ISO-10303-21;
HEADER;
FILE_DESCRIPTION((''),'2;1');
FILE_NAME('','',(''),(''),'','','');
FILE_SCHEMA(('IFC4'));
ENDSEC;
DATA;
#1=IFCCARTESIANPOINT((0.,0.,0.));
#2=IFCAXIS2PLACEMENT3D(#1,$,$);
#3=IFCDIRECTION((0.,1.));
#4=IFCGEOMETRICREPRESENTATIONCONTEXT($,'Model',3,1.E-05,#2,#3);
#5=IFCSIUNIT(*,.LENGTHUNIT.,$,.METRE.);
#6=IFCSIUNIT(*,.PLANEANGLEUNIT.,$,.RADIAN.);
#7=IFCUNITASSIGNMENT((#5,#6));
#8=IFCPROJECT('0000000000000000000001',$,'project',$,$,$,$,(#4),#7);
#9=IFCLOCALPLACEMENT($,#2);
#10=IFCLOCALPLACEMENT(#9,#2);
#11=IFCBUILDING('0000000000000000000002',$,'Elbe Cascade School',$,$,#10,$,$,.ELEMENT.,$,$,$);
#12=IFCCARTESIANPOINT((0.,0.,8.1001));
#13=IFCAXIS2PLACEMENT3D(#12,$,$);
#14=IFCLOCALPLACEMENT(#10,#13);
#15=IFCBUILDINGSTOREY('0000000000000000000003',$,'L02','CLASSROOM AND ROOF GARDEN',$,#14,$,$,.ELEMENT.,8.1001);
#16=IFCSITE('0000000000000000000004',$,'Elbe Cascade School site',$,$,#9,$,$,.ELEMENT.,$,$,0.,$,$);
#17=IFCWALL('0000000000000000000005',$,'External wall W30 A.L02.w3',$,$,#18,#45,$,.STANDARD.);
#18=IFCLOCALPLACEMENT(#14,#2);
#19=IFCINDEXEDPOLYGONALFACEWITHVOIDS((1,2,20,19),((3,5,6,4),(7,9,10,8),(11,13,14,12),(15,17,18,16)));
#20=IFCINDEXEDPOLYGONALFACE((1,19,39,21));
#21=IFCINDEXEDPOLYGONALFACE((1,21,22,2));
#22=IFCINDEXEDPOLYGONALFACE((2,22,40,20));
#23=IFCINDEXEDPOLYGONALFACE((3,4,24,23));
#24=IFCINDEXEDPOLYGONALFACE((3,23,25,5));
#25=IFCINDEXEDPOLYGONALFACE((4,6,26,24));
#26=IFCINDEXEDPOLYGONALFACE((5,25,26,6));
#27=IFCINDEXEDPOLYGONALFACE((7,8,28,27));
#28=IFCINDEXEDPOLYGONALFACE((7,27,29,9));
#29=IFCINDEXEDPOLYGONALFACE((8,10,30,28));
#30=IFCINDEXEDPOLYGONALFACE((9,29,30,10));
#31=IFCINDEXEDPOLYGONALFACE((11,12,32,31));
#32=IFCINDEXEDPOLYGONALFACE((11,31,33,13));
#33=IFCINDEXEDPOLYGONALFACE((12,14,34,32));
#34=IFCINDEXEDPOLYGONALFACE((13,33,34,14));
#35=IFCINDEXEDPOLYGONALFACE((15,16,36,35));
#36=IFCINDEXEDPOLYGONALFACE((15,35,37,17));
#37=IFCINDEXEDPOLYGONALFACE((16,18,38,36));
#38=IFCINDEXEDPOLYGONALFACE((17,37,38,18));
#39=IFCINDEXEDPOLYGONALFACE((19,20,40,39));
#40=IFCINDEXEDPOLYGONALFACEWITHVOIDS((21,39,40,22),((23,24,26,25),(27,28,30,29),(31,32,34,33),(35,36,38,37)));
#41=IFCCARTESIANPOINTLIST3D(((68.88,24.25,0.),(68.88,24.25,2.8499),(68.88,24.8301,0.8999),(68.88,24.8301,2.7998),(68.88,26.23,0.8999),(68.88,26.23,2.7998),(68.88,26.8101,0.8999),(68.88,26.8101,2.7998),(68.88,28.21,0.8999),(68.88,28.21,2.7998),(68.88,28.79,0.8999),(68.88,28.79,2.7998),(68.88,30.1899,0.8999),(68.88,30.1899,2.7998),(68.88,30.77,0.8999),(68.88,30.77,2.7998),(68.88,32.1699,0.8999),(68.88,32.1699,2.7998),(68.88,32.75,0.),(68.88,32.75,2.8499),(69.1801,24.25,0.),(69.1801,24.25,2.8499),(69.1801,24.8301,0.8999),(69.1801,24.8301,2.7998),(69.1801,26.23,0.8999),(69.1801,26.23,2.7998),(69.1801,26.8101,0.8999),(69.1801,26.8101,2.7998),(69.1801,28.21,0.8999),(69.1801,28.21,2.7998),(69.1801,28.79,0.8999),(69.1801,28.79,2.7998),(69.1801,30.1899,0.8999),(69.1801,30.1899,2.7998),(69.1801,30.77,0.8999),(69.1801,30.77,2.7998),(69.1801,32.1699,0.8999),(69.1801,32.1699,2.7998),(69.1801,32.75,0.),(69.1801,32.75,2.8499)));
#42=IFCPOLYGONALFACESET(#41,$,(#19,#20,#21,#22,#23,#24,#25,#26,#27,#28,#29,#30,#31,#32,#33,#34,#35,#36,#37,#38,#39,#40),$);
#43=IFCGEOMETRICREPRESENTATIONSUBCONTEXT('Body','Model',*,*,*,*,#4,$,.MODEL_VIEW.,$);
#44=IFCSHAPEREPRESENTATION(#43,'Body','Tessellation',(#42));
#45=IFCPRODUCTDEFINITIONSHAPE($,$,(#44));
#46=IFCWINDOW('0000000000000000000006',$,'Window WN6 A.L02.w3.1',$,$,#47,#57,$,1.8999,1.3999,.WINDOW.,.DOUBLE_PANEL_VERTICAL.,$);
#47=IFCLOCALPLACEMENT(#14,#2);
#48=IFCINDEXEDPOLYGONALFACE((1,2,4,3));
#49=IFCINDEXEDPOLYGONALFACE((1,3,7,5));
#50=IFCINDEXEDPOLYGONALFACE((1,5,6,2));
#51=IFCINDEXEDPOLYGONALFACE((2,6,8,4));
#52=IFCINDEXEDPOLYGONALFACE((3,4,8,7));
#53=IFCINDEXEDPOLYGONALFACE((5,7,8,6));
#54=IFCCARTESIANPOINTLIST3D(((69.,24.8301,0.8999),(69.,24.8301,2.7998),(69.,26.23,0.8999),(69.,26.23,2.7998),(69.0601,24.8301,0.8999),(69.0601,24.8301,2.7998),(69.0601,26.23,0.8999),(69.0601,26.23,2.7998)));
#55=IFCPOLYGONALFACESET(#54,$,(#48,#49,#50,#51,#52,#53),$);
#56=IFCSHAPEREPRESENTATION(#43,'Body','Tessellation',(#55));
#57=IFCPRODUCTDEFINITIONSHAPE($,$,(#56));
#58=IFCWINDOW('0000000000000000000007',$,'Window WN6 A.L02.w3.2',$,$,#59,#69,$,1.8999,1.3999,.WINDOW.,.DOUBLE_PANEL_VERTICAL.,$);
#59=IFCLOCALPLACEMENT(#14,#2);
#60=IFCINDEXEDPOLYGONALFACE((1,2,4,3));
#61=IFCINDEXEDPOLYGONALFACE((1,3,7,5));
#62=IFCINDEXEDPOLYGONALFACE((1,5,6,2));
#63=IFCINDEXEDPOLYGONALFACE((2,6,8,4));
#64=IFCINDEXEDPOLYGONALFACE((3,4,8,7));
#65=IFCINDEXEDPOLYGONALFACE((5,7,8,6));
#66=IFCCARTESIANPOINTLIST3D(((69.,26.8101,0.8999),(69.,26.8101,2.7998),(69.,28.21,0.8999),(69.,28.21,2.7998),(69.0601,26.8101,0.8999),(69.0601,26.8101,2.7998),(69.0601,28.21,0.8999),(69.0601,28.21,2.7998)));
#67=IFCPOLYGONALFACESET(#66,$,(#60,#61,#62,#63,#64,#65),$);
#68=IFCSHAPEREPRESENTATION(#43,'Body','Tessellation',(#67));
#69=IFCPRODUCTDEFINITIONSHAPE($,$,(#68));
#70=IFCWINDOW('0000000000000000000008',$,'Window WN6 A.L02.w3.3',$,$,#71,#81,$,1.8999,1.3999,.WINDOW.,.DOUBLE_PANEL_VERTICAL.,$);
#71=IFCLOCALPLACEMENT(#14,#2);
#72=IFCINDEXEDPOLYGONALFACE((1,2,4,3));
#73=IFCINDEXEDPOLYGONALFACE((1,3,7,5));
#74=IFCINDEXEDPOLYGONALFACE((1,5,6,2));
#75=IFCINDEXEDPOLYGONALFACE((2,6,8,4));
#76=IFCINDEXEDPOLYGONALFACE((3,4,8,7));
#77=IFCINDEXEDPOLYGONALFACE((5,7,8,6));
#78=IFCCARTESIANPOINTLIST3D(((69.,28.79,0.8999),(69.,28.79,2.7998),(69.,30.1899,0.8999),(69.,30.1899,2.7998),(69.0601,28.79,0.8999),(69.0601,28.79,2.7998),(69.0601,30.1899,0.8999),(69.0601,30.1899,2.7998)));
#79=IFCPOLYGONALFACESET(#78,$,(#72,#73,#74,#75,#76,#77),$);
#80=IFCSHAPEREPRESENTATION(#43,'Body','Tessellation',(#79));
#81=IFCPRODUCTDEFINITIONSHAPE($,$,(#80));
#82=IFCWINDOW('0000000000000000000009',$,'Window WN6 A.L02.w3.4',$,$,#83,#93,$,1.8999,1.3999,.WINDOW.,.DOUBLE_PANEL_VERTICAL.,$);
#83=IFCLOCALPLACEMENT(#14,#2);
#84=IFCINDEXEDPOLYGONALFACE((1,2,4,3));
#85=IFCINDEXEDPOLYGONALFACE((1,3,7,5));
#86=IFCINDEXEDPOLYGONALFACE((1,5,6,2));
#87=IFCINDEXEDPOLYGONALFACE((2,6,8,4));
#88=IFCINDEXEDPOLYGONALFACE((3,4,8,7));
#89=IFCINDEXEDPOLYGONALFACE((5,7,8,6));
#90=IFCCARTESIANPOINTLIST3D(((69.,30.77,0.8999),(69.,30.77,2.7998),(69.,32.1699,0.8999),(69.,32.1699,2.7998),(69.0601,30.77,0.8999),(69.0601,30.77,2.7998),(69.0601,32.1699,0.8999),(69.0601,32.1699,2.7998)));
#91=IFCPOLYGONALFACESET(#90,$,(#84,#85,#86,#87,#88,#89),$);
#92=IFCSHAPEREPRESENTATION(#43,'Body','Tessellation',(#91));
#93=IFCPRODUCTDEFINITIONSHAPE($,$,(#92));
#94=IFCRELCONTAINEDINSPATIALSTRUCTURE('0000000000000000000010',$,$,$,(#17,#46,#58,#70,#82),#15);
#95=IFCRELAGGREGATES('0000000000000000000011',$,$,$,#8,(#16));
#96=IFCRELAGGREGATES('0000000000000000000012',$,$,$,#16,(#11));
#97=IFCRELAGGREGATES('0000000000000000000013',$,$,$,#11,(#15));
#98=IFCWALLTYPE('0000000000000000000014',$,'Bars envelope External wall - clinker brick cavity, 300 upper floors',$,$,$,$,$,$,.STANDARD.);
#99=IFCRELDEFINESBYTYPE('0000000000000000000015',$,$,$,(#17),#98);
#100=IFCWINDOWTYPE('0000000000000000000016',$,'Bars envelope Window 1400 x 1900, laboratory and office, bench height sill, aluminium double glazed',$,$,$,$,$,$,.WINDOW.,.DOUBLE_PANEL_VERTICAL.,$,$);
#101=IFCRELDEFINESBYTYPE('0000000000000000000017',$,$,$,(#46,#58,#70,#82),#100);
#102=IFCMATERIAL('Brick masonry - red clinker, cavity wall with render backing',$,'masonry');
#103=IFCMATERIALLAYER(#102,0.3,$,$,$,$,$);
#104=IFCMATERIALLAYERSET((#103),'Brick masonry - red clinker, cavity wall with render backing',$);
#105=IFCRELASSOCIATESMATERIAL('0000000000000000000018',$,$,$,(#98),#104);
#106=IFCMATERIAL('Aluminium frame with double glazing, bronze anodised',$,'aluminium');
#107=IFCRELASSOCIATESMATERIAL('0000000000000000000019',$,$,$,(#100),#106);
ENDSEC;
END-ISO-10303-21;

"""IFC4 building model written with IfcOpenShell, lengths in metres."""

from ifc_helpers import new_model, si_unit, direction, frame, frame_2d, origin, place, context, subcontext, project, spatial, rectangle, extrude, material, layer, layer_set, type_object, element, fill, save


model = new_model("IFC4")

# Units and contexts
model_context = context("Model", 3, precision=1e-05, world=origin(), true_north=direction((0.0, 1.0)))
body_context = subcontext(model_context, "Body", "Model", "MODEL_VIEW")
ifc_project = project(units=[si_unit("LENGTHUNIT", "METRE"), si_unit("PLANEANGLEUNIT", "RADIAN")], contexts=[model_context])

# Site, building, storey
site_placement = place(None, origin())
site = spatial("IfcSite", under=ifc_project, at=site_placement, Name="Elbe Cascade School site", CompositionType="ELEMENT", RefElevation=0.0)
building_placement = place(site_placement, origin())
building = spatial("IfcBuilding", under=site, at=building_placement, Name="Elbe Cascade School", CompositionType="ELEMENT")
storey_placement = place(building_placement, frame((0.0, 0.0, 8.1001)))
storey = spatial("IfcBuildingStorey", under=building, at=storey_placement, Name="L02", Description="CLASSROOM AND ROOF GARDEN", CompositionType="ELEMENT", Elevation=8.1001)

# Wall, openings, windows
ifc_material_1 = material(Name="Brick masonry - red clinker, cavity wall with render backing", Category="masonry")
ifc_layer_1 = layer(ifc_material_1, 0.3)
ifc_layer_set_1 = layer_set([ifc_layer_1], Name="Brick masonry - red clinker, cavity wall with render backing")
wall_type_1 = type_object("IfcWallType", Name="Bars envelope External wall - clinker brick cavity, 300 upper floors", PredefinedType="STANDARD", material=ifc_layer_set_1)
wall_1_placement = place(storey_placement, frame((69.03, 24.25, 0.0), z_axis=(0.0, 0.0, 1.0), x_axis=(0.0, 1.0, 0.0)))
wall_1 = element("IfcWall", 1, at=wall_1_placement, inside=storey, type_object=wall_type_1, Name="External wall W30 A.L02.w3", PredefinedType="STANDARD", context=body_context, shape_type="SweptSolid", body=[
    extrude(rectangle(XDim=8.5, YDim=0.3, at=frame_2d((4.25, 0.0))), origin(), (0.0, 0.0, 1.0), 2.8499),
])
opening_1_placement = place(wall_1_placement, frame((0.5801, 0.0, 0.8999)))
opening_1 = element("IfcOpeningElement", 2, at=opening_1_placement, cuts=wall_1, PredefinedType="OPENING", context=body_context, shape_type="SweptSolid", body=[
    extrude(rectangle(XDim=1.3999, YDim=1.8999, at=frame_2d((0.7, 0.95))), frame((0.0, 0.1599, 0.0), z_axis=(0.0, -1.0, 0.0), x_axis=(1.0, 0.0, 0.0)), (0.0, 0.0, 1.0), 0.3201),
])
opening_2_placement = place(wall_1_placement, frame((2.5601, 0.0, 0.8999)))
opening_2 = element("IfcOpeningElement", 3, at=opening_2_placement, cuts=wall_1, PredefinedType="OPENING", context=body_context, shape_type="SweptSolid", body=[
    extrude(rectangle(XDim=1.3999, YDim=1.8999, at=frame_2d((0.7, 0.95))), frame((0.0, 0.1599, 0.0), z_axis=(0.0, -1.0, 0.0), x_axis=(1.0, 0.0, 0.0)), (0.0, 0.0, 1.0), 0.3201),
])
opening_3_placement = place(wall_1_placement, frame((4.54, 0.0, 0.8999)))
opening_3 = element("IfcOpeningElement", 4, at=opening_3_placement, cuts=wall_1, PredefinedType="OPENING", context=body_context, shape_type="SweptSolid", body=[
    extrude(rectangle(XDim=1.3999, YDim=1.8999, at=frame_2d((0.7, 0.95))), frame((0.0, 0.1599, 0.0), z_axis=(0.0, -1.0, 0.0), x_axis=(1.0, 0.0, 0.0)), (0.0, 0.0, 1.0), 0.3201),
])
opening_4_placement = place(wall_1_placement, frame((6.52, 0.0, 0.8999)))
opening_4 = element("IfcOpeningElement", 5, at=opening_4_placement, cuts=wall_1, PredefinedType="OPENING", context=body_context, shape_type="SweptSolid", body=[
    extrude(rectangle(XDim=1.3999, YDim=1.8999, at=frame_2d((0.7, 0.95))), frame((0.0, 0.1599, 0.0), z_axis=(0.0, -1.0, 0.0), x_axis=(1.0, 0.0, 0.0)), (0.0, 0.0, 1.0), 0.3201),
])
ifc_material_2 = material(Name="Aluminium frame with double glazing, bronze anodised", Category="aluminium")
window_type = type_object("IfcWindowType", Name="Bars envelope Window 1400 x 1900, laboratory and office, bench height sill, aluminium double glazed", PartitioningType="DOUBLE_PANEL_VERTICAL", PredefinedType="WINDOW", material=ifc_material_2)
window_1_placement = place(opening_1_placement, origin())
window_1 = element("IfcWindow", 6, at=window_1_placement, inside=storey, type_object=window_type, Name="Window WN6 A.L02.w3.1", OverallHeight=1.8999, OverallWidth=1.3999, PartitioningType="DOUBLE_PANEL_VERTICAL", PredefinedType="WINDOW", context=body_context, shape_type="SweptSolid", body=[
    extrude(rectangle(XDim=1.3999, YDim=1.8999, at=frame_2d((0.7, 0.95))), frame((0.0, 0.03, 0.0), z_axis=(0.0, -1.0, 0.0), x_axis=(1.0, 0.0, 0.0)), (0.0, 0.0, 1.0), 0.0601),
])
fill(opening_1, window_1)
window_2_placement = place(opening_2_placement, origin())
window_2 = element("IfcWindow", 7, at=window_2_placement, inside=storey, type_object=window_type, Name="Window WN6 A.L02.w3.2", OverallHeight=1.8999, OverallWidth=1.3999, PartitioningType="DOUBLE_PANEL_VERTICAL", PredefinedType="WINDOW", context=body_context, shape_type="SweptSolid", body=[
    extrude(rectangle(XDim=1.3999, YDim=1.8999, at=frame_2d((0.7, 0.95))), frame((0.0, 0.03, 0.0), z_axis=(0.0, -1.0, 0.0), x_axis=(1.0, 0.0, 0.0)), (0.0, 0.0, 1.0), 0.0601),
])
fill(opening_2, window_2)
window_3_placement = place(opening_3_placement, origin())
window_3 = element("IfcWindow", 8, at=window_3_placement, inside=storey, type_object=window_type, Name="Window WN6 A.L02.w3.3", OverallHeight=1.8999, OverallWidth=1.3999, PartitioningType="DOUBLE_PANEL_VERTICAL", PredefinedType="WINDOW", context=body_context, shape_type="SweptSolid", body=[
    extrude(rectangle(XDim=1.3999, YDim=1.8999, at=frame_2d((0.7, 0.95))), frame((0.0, 0.03, 0.0), z_axis=(0.0, -1.0, 0.0), x_axis=(1.0, 0.0, 0.0)), (0.0, 0.0, 1.0), 0.0601),
])
fill(opening_3, window_3)
window_4_placement = place(opening_4_placement, origin())
window_4 = element("IfcWindow", 9, at=window_4_placement, inside=storey, type_object=window_type, Name="Window WN6 A.L02.w3.4", OverallHeight=1.8999, OverallWidth=1.3999, PartitioningType="DOUBLE_PANEL_VERTICAL", PredefinedType="WINDOW", context=body_context, shape_type="SweptSolid", body=[
    extrude(rectangle(XDim=1.3999, YDim=1.8999, at=frame_2d((0.7, 0.95))), frame((0.0, 0.03, 0.0), z_axis=(0.0, -1.0, 0.0), x_axis=(1.0, 0.0, 0.0)), (0.0, 0.0, 1.0), 0.0601),
])
fill(opening_4, window_4)

save(model, "model.ifc")
